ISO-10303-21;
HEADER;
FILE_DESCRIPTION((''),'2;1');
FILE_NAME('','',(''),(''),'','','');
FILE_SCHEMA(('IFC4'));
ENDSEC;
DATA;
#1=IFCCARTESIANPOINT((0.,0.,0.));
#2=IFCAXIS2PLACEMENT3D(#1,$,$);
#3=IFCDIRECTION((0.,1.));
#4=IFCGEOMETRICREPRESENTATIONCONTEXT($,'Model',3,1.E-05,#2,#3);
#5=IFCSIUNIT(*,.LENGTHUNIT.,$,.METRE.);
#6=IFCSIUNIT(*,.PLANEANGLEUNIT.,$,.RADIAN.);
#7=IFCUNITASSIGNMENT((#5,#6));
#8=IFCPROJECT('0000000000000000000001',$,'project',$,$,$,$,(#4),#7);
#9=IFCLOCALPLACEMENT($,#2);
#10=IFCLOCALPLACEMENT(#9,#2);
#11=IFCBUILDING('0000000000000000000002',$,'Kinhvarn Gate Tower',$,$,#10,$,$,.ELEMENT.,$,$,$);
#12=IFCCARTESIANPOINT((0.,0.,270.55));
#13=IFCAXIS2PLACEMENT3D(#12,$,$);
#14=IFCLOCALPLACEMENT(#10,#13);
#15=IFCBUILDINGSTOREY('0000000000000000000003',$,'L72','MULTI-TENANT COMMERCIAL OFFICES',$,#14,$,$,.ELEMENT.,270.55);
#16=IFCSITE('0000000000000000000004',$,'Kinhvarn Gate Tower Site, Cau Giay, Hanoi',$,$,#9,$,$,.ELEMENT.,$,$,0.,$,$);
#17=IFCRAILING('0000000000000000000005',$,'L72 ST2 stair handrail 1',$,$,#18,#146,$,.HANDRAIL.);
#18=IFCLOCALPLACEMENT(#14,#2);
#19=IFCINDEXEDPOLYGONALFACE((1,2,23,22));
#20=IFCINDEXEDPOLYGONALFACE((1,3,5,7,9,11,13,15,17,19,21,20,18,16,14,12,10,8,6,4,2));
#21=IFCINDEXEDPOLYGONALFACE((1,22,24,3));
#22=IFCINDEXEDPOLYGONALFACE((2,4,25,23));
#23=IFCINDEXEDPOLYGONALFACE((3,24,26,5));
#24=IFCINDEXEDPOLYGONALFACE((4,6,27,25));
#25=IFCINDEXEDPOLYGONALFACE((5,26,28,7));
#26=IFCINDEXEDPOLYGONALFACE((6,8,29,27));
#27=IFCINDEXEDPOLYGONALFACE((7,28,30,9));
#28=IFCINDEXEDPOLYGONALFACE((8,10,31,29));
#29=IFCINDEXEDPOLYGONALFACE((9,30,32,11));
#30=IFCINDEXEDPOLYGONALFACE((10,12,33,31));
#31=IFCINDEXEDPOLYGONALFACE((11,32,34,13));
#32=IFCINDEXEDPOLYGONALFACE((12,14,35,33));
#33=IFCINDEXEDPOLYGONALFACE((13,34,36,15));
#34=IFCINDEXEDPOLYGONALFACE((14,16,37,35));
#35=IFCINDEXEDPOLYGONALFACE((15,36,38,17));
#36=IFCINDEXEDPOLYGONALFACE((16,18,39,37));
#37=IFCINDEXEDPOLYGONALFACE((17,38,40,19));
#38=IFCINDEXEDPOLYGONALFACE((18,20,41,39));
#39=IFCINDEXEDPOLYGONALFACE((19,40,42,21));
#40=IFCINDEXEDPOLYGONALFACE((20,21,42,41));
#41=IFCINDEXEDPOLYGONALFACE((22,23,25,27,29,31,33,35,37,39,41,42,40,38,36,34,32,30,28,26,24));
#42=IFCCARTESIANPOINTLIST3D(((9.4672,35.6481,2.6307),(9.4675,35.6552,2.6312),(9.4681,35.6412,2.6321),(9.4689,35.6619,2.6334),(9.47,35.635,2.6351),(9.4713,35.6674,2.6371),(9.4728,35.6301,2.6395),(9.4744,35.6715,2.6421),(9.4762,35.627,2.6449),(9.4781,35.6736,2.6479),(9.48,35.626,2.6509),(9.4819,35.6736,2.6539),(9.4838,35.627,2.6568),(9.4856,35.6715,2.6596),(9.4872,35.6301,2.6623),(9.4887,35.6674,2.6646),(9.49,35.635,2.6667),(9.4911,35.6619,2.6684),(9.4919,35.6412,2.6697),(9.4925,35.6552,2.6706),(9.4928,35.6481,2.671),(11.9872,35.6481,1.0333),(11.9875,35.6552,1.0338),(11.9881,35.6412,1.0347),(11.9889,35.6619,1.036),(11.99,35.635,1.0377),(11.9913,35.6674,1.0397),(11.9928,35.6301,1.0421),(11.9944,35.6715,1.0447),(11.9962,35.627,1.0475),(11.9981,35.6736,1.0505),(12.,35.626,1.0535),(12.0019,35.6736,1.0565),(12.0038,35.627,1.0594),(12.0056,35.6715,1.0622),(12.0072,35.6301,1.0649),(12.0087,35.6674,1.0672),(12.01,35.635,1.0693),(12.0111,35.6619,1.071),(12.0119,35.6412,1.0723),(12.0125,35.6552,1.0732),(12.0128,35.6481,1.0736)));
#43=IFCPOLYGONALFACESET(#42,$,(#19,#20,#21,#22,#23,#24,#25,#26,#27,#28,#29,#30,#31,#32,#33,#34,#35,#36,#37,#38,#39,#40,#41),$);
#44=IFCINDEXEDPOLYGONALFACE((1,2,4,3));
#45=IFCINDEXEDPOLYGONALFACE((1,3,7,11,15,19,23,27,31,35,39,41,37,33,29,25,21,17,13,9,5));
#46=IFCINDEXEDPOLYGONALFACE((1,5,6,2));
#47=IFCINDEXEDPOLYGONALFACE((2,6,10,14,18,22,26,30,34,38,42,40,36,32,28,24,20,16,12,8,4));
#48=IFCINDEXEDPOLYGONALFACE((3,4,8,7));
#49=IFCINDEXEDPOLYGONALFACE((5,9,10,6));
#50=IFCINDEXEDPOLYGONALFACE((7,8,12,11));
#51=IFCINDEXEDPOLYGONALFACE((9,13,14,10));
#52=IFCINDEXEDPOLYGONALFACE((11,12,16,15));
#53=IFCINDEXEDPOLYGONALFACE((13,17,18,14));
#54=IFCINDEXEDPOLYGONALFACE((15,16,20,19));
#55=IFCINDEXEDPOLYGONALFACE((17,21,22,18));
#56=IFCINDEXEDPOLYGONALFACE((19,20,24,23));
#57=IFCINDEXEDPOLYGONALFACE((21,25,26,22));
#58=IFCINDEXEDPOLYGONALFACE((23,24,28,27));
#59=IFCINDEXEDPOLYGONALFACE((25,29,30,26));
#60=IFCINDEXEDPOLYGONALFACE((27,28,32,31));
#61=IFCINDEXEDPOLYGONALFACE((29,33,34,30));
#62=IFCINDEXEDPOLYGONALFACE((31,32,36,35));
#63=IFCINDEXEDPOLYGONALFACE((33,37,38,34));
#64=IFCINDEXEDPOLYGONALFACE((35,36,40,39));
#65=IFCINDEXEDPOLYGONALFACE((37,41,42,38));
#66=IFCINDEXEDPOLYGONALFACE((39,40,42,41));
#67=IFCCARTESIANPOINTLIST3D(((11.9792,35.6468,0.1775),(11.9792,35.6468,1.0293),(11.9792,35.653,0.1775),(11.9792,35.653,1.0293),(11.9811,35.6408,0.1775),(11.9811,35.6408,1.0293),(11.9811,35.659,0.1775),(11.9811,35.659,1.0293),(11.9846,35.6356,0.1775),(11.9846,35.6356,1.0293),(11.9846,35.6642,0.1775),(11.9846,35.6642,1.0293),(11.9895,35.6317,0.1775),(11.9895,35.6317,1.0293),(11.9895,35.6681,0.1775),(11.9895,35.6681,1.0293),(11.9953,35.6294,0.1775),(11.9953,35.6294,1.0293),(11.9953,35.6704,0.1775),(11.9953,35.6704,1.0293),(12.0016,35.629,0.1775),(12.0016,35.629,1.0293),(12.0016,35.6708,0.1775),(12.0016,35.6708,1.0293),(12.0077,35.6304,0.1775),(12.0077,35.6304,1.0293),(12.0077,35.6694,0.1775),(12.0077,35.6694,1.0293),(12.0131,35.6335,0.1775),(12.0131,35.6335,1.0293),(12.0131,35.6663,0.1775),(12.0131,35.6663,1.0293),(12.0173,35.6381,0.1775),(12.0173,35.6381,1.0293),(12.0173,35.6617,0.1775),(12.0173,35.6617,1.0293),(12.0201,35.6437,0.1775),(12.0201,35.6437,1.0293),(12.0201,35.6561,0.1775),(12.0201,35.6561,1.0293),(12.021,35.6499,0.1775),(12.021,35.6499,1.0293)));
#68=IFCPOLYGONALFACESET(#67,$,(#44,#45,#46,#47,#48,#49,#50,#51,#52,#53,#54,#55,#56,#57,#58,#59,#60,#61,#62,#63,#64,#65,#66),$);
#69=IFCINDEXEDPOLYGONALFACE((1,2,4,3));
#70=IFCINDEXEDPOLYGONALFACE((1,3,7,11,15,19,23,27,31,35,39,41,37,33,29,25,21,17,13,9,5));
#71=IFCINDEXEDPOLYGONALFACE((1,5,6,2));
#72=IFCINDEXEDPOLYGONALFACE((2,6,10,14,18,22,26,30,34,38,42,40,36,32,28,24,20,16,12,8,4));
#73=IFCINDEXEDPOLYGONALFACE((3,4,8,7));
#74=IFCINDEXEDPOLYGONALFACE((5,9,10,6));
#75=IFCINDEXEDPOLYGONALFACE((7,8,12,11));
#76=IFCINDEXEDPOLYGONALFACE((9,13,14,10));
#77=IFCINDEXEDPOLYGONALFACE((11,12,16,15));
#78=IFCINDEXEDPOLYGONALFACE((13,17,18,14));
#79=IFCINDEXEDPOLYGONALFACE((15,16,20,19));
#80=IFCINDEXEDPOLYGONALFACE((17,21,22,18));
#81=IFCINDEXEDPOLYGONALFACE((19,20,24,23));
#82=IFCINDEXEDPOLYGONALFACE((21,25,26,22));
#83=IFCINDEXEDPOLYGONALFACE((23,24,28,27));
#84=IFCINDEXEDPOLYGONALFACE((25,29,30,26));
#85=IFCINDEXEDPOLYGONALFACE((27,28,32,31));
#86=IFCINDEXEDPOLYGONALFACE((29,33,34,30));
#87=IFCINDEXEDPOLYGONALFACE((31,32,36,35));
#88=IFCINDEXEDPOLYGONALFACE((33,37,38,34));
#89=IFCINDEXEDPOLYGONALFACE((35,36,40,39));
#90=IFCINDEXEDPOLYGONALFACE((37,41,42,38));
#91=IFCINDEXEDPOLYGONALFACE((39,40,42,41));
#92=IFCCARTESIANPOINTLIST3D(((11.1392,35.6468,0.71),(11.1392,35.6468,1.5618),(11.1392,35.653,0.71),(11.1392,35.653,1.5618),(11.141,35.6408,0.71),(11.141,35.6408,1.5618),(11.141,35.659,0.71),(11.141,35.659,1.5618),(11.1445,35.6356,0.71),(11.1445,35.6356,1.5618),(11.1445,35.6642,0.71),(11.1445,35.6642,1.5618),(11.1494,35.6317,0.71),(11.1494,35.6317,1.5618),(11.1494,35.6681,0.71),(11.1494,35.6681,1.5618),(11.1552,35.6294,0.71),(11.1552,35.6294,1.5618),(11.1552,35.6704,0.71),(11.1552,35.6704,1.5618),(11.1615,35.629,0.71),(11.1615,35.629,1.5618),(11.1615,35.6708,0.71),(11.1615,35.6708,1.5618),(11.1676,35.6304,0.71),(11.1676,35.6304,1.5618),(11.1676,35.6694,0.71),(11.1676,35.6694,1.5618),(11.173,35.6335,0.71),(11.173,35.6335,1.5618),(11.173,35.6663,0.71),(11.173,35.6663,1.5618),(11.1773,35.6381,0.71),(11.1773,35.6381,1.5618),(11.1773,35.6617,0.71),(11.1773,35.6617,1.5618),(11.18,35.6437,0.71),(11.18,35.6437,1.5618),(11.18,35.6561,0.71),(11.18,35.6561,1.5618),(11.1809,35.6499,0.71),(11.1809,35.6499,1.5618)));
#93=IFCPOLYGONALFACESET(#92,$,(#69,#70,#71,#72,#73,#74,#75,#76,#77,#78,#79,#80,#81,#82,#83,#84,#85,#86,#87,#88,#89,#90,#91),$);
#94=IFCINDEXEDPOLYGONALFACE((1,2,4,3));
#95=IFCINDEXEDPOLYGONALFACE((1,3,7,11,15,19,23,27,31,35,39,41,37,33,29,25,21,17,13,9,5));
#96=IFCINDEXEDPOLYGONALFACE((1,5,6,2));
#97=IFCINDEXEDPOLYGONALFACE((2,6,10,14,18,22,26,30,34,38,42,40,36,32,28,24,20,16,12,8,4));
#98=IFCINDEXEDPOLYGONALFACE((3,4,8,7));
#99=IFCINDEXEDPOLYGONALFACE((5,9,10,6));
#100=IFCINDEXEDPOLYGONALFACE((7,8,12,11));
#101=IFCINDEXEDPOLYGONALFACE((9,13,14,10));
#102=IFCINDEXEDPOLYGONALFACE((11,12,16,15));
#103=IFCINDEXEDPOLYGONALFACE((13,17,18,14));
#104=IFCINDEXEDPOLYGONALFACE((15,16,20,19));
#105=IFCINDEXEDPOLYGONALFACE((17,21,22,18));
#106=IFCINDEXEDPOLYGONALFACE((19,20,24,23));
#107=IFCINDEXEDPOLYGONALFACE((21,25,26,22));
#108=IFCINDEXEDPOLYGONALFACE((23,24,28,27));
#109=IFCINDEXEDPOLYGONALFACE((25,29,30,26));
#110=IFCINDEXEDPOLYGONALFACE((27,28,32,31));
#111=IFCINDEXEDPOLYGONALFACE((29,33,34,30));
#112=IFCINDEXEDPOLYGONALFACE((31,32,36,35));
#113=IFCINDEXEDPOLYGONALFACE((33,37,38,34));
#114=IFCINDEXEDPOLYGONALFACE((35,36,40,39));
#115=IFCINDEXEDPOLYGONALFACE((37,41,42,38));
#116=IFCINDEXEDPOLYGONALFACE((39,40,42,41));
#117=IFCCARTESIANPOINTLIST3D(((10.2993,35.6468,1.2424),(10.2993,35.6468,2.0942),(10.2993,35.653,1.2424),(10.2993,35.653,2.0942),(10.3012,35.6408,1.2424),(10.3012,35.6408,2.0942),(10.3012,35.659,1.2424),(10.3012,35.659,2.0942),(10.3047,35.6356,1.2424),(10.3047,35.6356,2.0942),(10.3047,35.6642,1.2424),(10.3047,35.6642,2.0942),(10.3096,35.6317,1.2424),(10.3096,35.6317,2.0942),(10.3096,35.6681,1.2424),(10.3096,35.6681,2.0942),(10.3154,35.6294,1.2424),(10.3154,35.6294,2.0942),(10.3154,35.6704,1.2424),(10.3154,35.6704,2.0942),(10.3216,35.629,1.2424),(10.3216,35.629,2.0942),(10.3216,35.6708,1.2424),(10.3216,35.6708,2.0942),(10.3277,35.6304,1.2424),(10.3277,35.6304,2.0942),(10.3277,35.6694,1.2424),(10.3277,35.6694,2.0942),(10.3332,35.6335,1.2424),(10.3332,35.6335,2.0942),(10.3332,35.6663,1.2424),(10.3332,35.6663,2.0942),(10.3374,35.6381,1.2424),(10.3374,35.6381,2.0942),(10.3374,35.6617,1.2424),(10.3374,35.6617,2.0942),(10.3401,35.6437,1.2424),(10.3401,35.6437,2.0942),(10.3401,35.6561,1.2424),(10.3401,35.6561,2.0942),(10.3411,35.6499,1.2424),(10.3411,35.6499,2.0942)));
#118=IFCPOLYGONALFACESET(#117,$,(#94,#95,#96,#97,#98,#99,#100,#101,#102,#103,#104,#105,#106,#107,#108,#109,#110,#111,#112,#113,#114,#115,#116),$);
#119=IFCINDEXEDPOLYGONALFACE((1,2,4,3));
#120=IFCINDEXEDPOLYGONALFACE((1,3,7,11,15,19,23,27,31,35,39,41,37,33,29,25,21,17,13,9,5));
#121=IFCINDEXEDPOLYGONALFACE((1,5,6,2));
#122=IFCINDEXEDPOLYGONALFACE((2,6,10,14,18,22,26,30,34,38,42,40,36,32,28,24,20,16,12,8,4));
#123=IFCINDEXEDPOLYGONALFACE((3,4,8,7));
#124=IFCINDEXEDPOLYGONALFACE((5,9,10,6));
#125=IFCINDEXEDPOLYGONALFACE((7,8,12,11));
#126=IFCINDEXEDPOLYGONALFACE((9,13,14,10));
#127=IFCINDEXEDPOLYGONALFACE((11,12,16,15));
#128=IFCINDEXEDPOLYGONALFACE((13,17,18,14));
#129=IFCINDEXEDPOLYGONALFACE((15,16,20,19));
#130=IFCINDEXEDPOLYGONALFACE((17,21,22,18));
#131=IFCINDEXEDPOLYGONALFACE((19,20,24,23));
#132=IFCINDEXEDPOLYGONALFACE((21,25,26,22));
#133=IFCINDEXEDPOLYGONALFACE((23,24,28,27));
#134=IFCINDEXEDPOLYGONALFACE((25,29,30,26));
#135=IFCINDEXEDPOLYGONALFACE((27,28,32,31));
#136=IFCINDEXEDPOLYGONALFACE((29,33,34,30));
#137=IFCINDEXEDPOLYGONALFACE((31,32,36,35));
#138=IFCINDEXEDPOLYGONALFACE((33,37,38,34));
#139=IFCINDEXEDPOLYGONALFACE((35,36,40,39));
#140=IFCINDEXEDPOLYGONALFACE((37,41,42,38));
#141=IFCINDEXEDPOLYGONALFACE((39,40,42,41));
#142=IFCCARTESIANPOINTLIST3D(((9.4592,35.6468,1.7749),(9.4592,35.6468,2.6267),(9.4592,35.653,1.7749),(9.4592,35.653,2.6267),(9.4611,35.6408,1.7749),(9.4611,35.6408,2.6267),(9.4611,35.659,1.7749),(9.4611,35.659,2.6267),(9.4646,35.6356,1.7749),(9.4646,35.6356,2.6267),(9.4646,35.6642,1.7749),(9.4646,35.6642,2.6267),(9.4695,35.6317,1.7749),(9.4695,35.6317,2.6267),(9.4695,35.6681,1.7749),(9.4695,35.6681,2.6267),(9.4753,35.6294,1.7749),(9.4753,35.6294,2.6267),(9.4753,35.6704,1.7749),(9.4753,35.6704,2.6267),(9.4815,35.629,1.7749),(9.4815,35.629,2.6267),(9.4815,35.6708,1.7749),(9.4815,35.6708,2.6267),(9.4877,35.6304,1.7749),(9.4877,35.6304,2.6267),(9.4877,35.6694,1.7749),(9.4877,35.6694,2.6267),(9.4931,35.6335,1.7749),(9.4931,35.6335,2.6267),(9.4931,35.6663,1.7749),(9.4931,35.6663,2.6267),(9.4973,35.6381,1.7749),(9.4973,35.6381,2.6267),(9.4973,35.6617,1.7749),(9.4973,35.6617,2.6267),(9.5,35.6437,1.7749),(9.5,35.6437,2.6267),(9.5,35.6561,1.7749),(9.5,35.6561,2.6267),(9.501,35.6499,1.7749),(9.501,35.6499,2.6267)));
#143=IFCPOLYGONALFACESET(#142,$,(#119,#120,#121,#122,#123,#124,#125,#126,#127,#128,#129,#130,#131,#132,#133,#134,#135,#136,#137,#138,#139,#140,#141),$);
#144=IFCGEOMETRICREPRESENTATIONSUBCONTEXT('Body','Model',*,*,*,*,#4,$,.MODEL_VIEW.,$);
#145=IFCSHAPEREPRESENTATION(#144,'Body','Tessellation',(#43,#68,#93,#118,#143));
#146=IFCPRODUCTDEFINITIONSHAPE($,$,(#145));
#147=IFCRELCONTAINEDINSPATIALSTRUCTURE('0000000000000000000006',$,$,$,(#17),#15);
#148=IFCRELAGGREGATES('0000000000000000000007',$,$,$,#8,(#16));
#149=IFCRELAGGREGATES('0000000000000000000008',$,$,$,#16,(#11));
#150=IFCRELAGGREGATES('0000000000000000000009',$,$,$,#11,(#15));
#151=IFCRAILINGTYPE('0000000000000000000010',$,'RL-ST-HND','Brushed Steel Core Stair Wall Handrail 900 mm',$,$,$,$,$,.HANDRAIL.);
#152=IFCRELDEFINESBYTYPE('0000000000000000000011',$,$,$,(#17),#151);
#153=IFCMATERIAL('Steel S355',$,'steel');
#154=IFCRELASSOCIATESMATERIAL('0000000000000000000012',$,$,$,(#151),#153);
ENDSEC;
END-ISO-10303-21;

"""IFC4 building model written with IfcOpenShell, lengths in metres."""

from ifc_helpers import new_model, si_unit, direction, frame, origin, origin_2d, place, context, subcontext, project, spatial, circle, extrude, material, type_object, element, save


model = new_model("IFC4")

# Units and contexts
model_context = context("Model", 3, precision=1e-05, world=origin(), true_north=direction((0.0, 1.0)))
body_context = subcontext(model_context, "Body", "Model", "MODEL_VIEW")
ifc_project = project(units=[si_unit("LENGTHUNIT", "METRE"), si_unit("PLANEANGLEUNIT", "RADIAN")], contexts=[model_context])

# Site, building, storey
site_placement = place(None, origin())
site = spatial("IfcSite", under=ifc_project, at=site_placement, Name="Kinhvarn Gate Tower Site, Cau Giay, Hanoi", CompositionType="ELEMENT", RefElevation=0.0)
building_placement = place(site_placement, origin())
building = spatial("IfcBuilding", under=site, at=building_placement, Name="Kinhvarn Gate Tower", CompositionType="ELEMENT")
storey_placement = place(building_placement, frame((0.0, 0.0, 270.55)))
storey = spatial("IfcBuildingStorey", under=building, at=storey_placement, Name="L72", Description="MULTI-TENANT COMMERCIAL OFFICES", CompositionType="ELEMENT", Elevation=270.55)

# Shared definitions
ifc_material_1 = material(Name="Steel S355", Category="steel")

# Railing
railing_type_1 = type_object("IfcRailingType", Name="RL-ST-HND", Description="Brushed Steel Core Stair Wall Handrail 900 mm", PredefinedType="HANDRAIL", material=ifc_material_1)
railing_1_placement = place(storey_placement, frame((12.0, 35.6499, 0.1775)))
element("IfcRailing", 1, at=railing_1_placement, inside=storey, type_object=railing_type_1, Name="L72 ST2 stair handrail 1", PredefinedType="HANDRAIL", context=body_context, shape_type="SweptSolid", body=[
    extrude(circle(Radius=0.0239, at=origin_2d()), frame((0.0, 0.0, 0.876), z_axis=(-0.844607, 0.0, 0.535387), x_axis=(0.0, -1.0, 0.0)), (0.0, 0.0, 1.0), 2.9836),
    extrude(circle(Radius=0.021, at=origin_2d()), origin(), (0.0, 0.0, 1.0), 0.8518),
    extrude(circle(Radius=0.021, at=origin_2d()), frame((-0.8401, 0.0, 0.5325)), (0.0, 0.0, 1.0), 0.8518),
    extrude(circle(Radius=0.021, at=origin_2d()), frame((-1.6799, 0.0, 1.0649)), (0.0, 0.0, 1.0), 0.8518),
    extrude(circle(Radius=0.021, at=origin_2d()), frame((-2.52, 0.0, 1.5974)), (0.0, 0.0, 1.0), 0.8518),
])

save(model, "model.ifc")
